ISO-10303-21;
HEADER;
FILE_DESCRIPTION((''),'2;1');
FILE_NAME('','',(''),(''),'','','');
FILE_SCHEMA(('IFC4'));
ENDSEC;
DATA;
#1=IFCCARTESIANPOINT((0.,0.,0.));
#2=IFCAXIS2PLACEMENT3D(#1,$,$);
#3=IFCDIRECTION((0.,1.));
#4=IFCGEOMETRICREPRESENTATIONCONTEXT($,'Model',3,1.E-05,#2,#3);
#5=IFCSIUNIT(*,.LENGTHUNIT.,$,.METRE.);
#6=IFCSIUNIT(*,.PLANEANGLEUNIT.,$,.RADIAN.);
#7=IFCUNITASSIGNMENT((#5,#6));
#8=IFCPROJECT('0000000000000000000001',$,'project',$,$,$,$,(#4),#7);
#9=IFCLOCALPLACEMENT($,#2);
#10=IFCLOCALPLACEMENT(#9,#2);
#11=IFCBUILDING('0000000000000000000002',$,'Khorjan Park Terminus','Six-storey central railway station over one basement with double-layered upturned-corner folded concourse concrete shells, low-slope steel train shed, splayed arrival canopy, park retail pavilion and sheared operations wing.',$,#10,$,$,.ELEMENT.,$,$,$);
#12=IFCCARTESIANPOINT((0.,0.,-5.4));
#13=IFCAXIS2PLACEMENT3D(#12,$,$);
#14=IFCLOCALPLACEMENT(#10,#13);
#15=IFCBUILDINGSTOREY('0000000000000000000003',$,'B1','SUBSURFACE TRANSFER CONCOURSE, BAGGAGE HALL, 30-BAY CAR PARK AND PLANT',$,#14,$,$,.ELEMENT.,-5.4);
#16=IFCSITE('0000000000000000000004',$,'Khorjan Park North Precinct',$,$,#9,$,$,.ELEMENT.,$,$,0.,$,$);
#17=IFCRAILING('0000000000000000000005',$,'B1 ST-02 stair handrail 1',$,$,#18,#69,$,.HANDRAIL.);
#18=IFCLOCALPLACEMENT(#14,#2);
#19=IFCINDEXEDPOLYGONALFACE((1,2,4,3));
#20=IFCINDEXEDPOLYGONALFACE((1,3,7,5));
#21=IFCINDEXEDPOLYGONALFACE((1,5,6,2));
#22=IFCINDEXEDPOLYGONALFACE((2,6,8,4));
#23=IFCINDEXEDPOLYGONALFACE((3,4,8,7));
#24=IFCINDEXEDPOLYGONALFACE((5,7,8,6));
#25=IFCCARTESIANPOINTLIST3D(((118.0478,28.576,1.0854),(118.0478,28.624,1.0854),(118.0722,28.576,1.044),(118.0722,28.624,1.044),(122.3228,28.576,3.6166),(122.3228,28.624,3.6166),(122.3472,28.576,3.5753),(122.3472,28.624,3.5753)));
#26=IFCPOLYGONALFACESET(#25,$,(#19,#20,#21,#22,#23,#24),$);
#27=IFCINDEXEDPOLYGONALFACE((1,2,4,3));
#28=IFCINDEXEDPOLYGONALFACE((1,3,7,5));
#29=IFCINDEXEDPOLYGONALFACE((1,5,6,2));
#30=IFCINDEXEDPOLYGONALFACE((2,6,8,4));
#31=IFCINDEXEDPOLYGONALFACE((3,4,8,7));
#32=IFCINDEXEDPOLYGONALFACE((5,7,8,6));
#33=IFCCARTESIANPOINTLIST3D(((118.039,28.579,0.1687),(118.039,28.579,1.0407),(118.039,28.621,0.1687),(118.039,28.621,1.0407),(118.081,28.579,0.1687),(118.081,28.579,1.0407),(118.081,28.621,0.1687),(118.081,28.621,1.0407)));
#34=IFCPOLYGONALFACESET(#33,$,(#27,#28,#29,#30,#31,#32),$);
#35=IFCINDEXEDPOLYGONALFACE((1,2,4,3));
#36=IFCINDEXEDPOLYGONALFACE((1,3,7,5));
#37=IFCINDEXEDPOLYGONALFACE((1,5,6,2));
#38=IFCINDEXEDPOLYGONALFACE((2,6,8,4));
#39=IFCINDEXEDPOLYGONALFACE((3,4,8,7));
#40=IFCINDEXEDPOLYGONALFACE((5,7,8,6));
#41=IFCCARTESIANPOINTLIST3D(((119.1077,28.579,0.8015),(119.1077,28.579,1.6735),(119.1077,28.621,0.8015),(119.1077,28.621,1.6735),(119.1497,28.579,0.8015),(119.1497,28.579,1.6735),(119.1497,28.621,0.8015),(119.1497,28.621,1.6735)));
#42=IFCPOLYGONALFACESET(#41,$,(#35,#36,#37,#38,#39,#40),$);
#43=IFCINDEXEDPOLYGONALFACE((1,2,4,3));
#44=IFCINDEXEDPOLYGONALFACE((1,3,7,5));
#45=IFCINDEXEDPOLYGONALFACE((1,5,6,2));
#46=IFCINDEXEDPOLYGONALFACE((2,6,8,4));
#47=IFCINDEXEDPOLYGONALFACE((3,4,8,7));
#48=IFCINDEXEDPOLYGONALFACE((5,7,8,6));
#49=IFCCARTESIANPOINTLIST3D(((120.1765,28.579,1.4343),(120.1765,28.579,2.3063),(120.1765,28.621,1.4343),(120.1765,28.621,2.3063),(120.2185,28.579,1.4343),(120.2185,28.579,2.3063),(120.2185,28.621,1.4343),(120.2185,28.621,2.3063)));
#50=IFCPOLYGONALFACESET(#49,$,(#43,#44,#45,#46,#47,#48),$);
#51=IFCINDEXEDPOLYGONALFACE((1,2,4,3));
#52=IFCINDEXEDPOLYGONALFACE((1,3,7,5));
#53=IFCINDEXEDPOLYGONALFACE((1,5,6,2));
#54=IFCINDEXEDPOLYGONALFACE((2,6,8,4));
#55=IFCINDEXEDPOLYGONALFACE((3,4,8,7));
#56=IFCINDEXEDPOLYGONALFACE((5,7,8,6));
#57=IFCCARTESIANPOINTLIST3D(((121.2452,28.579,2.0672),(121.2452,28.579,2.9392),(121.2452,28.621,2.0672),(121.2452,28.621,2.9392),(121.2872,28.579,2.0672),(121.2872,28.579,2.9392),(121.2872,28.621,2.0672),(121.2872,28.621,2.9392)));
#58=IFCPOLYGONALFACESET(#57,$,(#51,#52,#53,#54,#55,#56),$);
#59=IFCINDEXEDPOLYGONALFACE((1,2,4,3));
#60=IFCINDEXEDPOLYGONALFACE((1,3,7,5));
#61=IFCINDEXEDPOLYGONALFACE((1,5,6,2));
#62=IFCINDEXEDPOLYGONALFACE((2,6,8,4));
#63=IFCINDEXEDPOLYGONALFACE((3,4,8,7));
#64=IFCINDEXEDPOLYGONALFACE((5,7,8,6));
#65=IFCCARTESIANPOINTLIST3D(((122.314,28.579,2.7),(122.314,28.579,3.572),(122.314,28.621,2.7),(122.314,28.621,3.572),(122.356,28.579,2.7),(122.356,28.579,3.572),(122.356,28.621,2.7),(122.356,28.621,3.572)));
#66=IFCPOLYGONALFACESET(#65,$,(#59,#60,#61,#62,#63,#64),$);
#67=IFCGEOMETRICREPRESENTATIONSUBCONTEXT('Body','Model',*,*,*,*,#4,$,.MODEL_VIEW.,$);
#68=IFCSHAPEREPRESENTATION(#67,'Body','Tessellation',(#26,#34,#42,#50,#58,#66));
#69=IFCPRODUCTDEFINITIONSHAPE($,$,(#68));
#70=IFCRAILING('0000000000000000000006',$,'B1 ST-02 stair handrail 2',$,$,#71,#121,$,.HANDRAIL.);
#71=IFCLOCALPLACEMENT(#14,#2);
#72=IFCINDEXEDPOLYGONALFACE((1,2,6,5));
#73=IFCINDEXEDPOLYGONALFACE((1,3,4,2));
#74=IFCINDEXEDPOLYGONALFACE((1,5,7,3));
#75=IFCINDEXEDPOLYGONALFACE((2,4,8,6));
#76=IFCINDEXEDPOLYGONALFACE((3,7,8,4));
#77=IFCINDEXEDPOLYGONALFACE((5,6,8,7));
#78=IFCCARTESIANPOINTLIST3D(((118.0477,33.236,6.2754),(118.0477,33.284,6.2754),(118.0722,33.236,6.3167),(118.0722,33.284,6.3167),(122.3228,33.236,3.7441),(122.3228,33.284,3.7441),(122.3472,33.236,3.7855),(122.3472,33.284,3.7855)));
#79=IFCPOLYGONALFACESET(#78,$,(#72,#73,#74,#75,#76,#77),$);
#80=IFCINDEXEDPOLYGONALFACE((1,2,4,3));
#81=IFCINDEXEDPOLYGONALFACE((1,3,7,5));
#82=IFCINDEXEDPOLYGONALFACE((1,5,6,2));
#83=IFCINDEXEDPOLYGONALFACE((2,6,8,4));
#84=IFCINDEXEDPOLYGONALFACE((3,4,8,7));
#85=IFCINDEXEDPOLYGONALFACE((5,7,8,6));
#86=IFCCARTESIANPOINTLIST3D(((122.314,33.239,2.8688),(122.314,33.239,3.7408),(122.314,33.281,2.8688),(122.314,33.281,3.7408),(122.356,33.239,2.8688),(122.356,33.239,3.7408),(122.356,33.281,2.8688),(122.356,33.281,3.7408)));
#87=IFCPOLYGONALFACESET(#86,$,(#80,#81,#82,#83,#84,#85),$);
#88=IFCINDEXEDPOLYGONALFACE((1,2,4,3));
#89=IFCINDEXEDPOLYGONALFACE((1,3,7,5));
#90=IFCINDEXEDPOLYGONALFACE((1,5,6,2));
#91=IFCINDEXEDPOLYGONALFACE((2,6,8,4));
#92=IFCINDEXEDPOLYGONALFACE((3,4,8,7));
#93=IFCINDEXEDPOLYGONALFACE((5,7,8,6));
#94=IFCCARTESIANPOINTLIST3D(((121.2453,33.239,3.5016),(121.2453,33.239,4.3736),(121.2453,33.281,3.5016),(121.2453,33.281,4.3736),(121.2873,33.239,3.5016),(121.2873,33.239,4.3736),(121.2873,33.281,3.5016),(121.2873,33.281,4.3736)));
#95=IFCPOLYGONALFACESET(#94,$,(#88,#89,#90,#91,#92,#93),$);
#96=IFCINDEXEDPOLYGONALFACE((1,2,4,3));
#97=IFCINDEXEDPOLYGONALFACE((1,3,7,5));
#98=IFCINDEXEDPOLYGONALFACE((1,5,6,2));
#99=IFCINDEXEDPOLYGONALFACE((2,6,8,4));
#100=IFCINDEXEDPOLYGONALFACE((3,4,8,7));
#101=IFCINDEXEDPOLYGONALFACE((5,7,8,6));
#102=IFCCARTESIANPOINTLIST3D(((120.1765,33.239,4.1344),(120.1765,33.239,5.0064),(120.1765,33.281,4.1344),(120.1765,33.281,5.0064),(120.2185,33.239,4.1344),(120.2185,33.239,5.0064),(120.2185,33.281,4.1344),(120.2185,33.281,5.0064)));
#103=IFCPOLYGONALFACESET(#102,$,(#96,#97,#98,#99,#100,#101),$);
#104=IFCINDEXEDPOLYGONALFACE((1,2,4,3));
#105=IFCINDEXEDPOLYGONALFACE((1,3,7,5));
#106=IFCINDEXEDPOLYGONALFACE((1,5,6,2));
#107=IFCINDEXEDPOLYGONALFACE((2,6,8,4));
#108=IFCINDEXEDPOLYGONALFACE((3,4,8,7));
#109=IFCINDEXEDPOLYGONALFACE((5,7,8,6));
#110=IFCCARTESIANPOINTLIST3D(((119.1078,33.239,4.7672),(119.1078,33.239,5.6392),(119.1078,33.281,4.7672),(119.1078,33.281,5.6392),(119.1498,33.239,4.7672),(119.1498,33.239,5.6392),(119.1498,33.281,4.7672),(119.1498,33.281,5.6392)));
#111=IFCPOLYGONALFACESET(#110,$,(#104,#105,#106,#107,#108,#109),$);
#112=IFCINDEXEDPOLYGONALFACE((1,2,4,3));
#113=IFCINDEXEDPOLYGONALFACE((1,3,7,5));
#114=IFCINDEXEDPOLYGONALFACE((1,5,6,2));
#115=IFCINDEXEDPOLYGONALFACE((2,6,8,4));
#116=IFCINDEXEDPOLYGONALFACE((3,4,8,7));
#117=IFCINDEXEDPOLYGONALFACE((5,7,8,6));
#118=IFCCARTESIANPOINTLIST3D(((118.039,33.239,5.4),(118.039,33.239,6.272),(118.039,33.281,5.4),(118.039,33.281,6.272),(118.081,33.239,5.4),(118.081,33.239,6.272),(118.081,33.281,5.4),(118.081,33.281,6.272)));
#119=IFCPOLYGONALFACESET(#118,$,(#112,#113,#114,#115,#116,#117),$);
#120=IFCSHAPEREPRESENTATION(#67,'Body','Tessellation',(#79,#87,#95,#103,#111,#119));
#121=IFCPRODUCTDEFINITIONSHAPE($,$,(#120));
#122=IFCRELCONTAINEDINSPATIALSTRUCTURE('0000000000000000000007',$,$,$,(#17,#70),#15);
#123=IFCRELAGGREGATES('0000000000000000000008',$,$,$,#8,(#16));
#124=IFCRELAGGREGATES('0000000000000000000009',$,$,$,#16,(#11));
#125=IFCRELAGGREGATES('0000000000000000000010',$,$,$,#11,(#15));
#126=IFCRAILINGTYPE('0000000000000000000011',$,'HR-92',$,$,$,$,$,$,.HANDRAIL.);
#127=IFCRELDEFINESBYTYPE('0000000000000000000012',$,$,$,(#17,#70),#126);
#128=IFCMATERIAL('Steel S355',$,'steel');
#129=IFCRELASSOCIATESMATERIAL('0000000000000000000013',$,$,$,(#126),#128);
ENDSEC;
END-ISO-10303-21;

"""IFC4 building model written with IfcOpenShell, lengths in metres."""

from ifc_helpers import new_model, si_unit, direction, frame, origin, origin_2d, place, context, subcontext, project, spatial, rectangle, extrude, material, type_object, element, save


model = new_model("IFC4")

# Units and contexts
model_context = context("Model", 3, precision=1e-05, world=origin(), true_north=direction((0.0, 1.0)))
body_context = subcontext(model_context, "Body", "Model", "MODEL_VIEW")
ifc_project = project(units=[si_unit("LENGTHUNIT", "METRE"), si_unit("PLANEANGLEUNIT", "RADIAN")], contexts=[model_context])

# Site, building, storey
site_placement = place(None, origin())
site = spatial("IfcSite", under=ifc_project, at=site_placement, Name="Khorjan Park North Precinct", CompositionType="ELEMENT", RefElevation=0.0)
building_placement = place(site_placement, origin())
building = spatial("IfcBuilding", under=site, at=building_placement, Name="Khorjan Park Terminus", Description="Six-storey central railway station over one basement with double-layered upturned-corner folded concourse concrete shells, low-slope steel train shed, splayed arrival canopy, park retail pavilion and sheared operations wing.", CompositionType="ELEMENT")
storey_placement = place(building_placement, frame((0.0, 0.0, -5.4)))
storey = spatial("IfcBuildingStorey", under=building, at=storey_placement, Name="B1", Description="SUBSURFACE TRANSFER CONCOURSE, BAGGAGE HALL, 30-BAY CAR PARK AND PLANT", CompositionType="ELEMENT", Elevation=-5.4)

# Railings
ifc_material_1 = material(Name="Steel S355", Category="steel")
railing_type_1 = type_object("IfcRailingType", Name="HR-92", PredefinedType="HANDRAIL", material=ifc_material_1)
railing_1_placement = place(storey_placement, frame((118.06, 28.6, 0.1687)))
element("IfcRailing", 1, at=railing_1_placement, inside=storey, type_object=railing_type_1, Name="B1 ST-02 stair handrail 1", PredefinedType="HANDRAIL", context=body_context, shape_type="SweptSolid", body=[
    extrude(rectangle(XDim=0.048, YDim=0.048, at=origin_2d()), frame((0.0, 0.0, 0.896), z_axis=(0.860471, 0.0, 0.509499), x_axis=(0.0, 1.0, 0.0)), (0.0, 0.0, 1.0), 4.9682),
    extrude(rectangle(XDim=0.042, YDim=0.042, at=origin_2d()), origin(), (0.0, 0.0, 1.0), 0.872),
    extrude(rectangle(XDim=0.042, YDim=0.042, at=origin_2d()), frame((1.0687, 0.0, 0.6328)), (0.0, 0.0, 1.0), 0.872),
    extrude(rectangle(XDim=0.042, YDim=0.042, at=origin_2d()), frame((2.1375, 0.0, 1.2656)), (0.0, 0.0, 1.0), 0.872),
    extrude(rectangle(XDim=0.042, YDim=0.042, at=origin_2d()), frame((3.2062, 0.0, 1.8985)), (0.0, 0.0, 1.0), 0.872),
    extrude(rectangle(XDim=0.042, YDim=0.042, at=origin_2d()), frame((4.275, 0.0, 2.5313)), (0.0, 0.0, 1.0), 0.872),
])
railing_2_placement = place(storey_placement, frame((122.335, 33.26, 2.8688)))
element("IfcRailing", 2, at=railing_2_placement, inside=storey, type_object=railing_type_1, Name="B1 ST-02 stair handrail 2", PredefinedType="HANDRAIL", context=body_context, shape_type="SweptSolid", body=[
    extrude(rectangle(XDim=0.048, YDim=0.048, at=origin_2d()), frame((0.0, 0.0, 0.896), z_axis=(-0.86048, 0.0, 0.509485), x_axis=(0.0, -1.0, 0.0)), (0.0, 0.0, 1.0), 4.9682),
    extrude(rectangle(XDim=0.042, YDim=0.042, at=origin_2d()), origin(), (0.0, 0.0, 1.0), 0.872),
    extrude(rectangle(XDim=0.042, YDim=0.042, at=origin_2d()), frame((-1.0687, 0.0, 0.6328)), (0.0, 0.0, 1.0), 0.872),
    extrude(rectangle(XDim=0.042, YDim=0.042, at=origin_2d()), frame((-2.1375, 0.0, 1.2656)), (0.0, 0.0, 1.0), 0.872),
    extrude(rectangle(XDim=0.042, YDim=0.042, at=origin_2d()), frame((-3.2062, 0.0, 1.8984)), (0.0, 0.0, 1.0), 0.872),
    extrude(rectangle(XDim=0.042, YDim=0.042, at=origin_2d()), frame((-4.275, 0.0, 2.5312)), (0.0, 0.0, 1.0), 0.872),
])

save(model, "model.ifc")
